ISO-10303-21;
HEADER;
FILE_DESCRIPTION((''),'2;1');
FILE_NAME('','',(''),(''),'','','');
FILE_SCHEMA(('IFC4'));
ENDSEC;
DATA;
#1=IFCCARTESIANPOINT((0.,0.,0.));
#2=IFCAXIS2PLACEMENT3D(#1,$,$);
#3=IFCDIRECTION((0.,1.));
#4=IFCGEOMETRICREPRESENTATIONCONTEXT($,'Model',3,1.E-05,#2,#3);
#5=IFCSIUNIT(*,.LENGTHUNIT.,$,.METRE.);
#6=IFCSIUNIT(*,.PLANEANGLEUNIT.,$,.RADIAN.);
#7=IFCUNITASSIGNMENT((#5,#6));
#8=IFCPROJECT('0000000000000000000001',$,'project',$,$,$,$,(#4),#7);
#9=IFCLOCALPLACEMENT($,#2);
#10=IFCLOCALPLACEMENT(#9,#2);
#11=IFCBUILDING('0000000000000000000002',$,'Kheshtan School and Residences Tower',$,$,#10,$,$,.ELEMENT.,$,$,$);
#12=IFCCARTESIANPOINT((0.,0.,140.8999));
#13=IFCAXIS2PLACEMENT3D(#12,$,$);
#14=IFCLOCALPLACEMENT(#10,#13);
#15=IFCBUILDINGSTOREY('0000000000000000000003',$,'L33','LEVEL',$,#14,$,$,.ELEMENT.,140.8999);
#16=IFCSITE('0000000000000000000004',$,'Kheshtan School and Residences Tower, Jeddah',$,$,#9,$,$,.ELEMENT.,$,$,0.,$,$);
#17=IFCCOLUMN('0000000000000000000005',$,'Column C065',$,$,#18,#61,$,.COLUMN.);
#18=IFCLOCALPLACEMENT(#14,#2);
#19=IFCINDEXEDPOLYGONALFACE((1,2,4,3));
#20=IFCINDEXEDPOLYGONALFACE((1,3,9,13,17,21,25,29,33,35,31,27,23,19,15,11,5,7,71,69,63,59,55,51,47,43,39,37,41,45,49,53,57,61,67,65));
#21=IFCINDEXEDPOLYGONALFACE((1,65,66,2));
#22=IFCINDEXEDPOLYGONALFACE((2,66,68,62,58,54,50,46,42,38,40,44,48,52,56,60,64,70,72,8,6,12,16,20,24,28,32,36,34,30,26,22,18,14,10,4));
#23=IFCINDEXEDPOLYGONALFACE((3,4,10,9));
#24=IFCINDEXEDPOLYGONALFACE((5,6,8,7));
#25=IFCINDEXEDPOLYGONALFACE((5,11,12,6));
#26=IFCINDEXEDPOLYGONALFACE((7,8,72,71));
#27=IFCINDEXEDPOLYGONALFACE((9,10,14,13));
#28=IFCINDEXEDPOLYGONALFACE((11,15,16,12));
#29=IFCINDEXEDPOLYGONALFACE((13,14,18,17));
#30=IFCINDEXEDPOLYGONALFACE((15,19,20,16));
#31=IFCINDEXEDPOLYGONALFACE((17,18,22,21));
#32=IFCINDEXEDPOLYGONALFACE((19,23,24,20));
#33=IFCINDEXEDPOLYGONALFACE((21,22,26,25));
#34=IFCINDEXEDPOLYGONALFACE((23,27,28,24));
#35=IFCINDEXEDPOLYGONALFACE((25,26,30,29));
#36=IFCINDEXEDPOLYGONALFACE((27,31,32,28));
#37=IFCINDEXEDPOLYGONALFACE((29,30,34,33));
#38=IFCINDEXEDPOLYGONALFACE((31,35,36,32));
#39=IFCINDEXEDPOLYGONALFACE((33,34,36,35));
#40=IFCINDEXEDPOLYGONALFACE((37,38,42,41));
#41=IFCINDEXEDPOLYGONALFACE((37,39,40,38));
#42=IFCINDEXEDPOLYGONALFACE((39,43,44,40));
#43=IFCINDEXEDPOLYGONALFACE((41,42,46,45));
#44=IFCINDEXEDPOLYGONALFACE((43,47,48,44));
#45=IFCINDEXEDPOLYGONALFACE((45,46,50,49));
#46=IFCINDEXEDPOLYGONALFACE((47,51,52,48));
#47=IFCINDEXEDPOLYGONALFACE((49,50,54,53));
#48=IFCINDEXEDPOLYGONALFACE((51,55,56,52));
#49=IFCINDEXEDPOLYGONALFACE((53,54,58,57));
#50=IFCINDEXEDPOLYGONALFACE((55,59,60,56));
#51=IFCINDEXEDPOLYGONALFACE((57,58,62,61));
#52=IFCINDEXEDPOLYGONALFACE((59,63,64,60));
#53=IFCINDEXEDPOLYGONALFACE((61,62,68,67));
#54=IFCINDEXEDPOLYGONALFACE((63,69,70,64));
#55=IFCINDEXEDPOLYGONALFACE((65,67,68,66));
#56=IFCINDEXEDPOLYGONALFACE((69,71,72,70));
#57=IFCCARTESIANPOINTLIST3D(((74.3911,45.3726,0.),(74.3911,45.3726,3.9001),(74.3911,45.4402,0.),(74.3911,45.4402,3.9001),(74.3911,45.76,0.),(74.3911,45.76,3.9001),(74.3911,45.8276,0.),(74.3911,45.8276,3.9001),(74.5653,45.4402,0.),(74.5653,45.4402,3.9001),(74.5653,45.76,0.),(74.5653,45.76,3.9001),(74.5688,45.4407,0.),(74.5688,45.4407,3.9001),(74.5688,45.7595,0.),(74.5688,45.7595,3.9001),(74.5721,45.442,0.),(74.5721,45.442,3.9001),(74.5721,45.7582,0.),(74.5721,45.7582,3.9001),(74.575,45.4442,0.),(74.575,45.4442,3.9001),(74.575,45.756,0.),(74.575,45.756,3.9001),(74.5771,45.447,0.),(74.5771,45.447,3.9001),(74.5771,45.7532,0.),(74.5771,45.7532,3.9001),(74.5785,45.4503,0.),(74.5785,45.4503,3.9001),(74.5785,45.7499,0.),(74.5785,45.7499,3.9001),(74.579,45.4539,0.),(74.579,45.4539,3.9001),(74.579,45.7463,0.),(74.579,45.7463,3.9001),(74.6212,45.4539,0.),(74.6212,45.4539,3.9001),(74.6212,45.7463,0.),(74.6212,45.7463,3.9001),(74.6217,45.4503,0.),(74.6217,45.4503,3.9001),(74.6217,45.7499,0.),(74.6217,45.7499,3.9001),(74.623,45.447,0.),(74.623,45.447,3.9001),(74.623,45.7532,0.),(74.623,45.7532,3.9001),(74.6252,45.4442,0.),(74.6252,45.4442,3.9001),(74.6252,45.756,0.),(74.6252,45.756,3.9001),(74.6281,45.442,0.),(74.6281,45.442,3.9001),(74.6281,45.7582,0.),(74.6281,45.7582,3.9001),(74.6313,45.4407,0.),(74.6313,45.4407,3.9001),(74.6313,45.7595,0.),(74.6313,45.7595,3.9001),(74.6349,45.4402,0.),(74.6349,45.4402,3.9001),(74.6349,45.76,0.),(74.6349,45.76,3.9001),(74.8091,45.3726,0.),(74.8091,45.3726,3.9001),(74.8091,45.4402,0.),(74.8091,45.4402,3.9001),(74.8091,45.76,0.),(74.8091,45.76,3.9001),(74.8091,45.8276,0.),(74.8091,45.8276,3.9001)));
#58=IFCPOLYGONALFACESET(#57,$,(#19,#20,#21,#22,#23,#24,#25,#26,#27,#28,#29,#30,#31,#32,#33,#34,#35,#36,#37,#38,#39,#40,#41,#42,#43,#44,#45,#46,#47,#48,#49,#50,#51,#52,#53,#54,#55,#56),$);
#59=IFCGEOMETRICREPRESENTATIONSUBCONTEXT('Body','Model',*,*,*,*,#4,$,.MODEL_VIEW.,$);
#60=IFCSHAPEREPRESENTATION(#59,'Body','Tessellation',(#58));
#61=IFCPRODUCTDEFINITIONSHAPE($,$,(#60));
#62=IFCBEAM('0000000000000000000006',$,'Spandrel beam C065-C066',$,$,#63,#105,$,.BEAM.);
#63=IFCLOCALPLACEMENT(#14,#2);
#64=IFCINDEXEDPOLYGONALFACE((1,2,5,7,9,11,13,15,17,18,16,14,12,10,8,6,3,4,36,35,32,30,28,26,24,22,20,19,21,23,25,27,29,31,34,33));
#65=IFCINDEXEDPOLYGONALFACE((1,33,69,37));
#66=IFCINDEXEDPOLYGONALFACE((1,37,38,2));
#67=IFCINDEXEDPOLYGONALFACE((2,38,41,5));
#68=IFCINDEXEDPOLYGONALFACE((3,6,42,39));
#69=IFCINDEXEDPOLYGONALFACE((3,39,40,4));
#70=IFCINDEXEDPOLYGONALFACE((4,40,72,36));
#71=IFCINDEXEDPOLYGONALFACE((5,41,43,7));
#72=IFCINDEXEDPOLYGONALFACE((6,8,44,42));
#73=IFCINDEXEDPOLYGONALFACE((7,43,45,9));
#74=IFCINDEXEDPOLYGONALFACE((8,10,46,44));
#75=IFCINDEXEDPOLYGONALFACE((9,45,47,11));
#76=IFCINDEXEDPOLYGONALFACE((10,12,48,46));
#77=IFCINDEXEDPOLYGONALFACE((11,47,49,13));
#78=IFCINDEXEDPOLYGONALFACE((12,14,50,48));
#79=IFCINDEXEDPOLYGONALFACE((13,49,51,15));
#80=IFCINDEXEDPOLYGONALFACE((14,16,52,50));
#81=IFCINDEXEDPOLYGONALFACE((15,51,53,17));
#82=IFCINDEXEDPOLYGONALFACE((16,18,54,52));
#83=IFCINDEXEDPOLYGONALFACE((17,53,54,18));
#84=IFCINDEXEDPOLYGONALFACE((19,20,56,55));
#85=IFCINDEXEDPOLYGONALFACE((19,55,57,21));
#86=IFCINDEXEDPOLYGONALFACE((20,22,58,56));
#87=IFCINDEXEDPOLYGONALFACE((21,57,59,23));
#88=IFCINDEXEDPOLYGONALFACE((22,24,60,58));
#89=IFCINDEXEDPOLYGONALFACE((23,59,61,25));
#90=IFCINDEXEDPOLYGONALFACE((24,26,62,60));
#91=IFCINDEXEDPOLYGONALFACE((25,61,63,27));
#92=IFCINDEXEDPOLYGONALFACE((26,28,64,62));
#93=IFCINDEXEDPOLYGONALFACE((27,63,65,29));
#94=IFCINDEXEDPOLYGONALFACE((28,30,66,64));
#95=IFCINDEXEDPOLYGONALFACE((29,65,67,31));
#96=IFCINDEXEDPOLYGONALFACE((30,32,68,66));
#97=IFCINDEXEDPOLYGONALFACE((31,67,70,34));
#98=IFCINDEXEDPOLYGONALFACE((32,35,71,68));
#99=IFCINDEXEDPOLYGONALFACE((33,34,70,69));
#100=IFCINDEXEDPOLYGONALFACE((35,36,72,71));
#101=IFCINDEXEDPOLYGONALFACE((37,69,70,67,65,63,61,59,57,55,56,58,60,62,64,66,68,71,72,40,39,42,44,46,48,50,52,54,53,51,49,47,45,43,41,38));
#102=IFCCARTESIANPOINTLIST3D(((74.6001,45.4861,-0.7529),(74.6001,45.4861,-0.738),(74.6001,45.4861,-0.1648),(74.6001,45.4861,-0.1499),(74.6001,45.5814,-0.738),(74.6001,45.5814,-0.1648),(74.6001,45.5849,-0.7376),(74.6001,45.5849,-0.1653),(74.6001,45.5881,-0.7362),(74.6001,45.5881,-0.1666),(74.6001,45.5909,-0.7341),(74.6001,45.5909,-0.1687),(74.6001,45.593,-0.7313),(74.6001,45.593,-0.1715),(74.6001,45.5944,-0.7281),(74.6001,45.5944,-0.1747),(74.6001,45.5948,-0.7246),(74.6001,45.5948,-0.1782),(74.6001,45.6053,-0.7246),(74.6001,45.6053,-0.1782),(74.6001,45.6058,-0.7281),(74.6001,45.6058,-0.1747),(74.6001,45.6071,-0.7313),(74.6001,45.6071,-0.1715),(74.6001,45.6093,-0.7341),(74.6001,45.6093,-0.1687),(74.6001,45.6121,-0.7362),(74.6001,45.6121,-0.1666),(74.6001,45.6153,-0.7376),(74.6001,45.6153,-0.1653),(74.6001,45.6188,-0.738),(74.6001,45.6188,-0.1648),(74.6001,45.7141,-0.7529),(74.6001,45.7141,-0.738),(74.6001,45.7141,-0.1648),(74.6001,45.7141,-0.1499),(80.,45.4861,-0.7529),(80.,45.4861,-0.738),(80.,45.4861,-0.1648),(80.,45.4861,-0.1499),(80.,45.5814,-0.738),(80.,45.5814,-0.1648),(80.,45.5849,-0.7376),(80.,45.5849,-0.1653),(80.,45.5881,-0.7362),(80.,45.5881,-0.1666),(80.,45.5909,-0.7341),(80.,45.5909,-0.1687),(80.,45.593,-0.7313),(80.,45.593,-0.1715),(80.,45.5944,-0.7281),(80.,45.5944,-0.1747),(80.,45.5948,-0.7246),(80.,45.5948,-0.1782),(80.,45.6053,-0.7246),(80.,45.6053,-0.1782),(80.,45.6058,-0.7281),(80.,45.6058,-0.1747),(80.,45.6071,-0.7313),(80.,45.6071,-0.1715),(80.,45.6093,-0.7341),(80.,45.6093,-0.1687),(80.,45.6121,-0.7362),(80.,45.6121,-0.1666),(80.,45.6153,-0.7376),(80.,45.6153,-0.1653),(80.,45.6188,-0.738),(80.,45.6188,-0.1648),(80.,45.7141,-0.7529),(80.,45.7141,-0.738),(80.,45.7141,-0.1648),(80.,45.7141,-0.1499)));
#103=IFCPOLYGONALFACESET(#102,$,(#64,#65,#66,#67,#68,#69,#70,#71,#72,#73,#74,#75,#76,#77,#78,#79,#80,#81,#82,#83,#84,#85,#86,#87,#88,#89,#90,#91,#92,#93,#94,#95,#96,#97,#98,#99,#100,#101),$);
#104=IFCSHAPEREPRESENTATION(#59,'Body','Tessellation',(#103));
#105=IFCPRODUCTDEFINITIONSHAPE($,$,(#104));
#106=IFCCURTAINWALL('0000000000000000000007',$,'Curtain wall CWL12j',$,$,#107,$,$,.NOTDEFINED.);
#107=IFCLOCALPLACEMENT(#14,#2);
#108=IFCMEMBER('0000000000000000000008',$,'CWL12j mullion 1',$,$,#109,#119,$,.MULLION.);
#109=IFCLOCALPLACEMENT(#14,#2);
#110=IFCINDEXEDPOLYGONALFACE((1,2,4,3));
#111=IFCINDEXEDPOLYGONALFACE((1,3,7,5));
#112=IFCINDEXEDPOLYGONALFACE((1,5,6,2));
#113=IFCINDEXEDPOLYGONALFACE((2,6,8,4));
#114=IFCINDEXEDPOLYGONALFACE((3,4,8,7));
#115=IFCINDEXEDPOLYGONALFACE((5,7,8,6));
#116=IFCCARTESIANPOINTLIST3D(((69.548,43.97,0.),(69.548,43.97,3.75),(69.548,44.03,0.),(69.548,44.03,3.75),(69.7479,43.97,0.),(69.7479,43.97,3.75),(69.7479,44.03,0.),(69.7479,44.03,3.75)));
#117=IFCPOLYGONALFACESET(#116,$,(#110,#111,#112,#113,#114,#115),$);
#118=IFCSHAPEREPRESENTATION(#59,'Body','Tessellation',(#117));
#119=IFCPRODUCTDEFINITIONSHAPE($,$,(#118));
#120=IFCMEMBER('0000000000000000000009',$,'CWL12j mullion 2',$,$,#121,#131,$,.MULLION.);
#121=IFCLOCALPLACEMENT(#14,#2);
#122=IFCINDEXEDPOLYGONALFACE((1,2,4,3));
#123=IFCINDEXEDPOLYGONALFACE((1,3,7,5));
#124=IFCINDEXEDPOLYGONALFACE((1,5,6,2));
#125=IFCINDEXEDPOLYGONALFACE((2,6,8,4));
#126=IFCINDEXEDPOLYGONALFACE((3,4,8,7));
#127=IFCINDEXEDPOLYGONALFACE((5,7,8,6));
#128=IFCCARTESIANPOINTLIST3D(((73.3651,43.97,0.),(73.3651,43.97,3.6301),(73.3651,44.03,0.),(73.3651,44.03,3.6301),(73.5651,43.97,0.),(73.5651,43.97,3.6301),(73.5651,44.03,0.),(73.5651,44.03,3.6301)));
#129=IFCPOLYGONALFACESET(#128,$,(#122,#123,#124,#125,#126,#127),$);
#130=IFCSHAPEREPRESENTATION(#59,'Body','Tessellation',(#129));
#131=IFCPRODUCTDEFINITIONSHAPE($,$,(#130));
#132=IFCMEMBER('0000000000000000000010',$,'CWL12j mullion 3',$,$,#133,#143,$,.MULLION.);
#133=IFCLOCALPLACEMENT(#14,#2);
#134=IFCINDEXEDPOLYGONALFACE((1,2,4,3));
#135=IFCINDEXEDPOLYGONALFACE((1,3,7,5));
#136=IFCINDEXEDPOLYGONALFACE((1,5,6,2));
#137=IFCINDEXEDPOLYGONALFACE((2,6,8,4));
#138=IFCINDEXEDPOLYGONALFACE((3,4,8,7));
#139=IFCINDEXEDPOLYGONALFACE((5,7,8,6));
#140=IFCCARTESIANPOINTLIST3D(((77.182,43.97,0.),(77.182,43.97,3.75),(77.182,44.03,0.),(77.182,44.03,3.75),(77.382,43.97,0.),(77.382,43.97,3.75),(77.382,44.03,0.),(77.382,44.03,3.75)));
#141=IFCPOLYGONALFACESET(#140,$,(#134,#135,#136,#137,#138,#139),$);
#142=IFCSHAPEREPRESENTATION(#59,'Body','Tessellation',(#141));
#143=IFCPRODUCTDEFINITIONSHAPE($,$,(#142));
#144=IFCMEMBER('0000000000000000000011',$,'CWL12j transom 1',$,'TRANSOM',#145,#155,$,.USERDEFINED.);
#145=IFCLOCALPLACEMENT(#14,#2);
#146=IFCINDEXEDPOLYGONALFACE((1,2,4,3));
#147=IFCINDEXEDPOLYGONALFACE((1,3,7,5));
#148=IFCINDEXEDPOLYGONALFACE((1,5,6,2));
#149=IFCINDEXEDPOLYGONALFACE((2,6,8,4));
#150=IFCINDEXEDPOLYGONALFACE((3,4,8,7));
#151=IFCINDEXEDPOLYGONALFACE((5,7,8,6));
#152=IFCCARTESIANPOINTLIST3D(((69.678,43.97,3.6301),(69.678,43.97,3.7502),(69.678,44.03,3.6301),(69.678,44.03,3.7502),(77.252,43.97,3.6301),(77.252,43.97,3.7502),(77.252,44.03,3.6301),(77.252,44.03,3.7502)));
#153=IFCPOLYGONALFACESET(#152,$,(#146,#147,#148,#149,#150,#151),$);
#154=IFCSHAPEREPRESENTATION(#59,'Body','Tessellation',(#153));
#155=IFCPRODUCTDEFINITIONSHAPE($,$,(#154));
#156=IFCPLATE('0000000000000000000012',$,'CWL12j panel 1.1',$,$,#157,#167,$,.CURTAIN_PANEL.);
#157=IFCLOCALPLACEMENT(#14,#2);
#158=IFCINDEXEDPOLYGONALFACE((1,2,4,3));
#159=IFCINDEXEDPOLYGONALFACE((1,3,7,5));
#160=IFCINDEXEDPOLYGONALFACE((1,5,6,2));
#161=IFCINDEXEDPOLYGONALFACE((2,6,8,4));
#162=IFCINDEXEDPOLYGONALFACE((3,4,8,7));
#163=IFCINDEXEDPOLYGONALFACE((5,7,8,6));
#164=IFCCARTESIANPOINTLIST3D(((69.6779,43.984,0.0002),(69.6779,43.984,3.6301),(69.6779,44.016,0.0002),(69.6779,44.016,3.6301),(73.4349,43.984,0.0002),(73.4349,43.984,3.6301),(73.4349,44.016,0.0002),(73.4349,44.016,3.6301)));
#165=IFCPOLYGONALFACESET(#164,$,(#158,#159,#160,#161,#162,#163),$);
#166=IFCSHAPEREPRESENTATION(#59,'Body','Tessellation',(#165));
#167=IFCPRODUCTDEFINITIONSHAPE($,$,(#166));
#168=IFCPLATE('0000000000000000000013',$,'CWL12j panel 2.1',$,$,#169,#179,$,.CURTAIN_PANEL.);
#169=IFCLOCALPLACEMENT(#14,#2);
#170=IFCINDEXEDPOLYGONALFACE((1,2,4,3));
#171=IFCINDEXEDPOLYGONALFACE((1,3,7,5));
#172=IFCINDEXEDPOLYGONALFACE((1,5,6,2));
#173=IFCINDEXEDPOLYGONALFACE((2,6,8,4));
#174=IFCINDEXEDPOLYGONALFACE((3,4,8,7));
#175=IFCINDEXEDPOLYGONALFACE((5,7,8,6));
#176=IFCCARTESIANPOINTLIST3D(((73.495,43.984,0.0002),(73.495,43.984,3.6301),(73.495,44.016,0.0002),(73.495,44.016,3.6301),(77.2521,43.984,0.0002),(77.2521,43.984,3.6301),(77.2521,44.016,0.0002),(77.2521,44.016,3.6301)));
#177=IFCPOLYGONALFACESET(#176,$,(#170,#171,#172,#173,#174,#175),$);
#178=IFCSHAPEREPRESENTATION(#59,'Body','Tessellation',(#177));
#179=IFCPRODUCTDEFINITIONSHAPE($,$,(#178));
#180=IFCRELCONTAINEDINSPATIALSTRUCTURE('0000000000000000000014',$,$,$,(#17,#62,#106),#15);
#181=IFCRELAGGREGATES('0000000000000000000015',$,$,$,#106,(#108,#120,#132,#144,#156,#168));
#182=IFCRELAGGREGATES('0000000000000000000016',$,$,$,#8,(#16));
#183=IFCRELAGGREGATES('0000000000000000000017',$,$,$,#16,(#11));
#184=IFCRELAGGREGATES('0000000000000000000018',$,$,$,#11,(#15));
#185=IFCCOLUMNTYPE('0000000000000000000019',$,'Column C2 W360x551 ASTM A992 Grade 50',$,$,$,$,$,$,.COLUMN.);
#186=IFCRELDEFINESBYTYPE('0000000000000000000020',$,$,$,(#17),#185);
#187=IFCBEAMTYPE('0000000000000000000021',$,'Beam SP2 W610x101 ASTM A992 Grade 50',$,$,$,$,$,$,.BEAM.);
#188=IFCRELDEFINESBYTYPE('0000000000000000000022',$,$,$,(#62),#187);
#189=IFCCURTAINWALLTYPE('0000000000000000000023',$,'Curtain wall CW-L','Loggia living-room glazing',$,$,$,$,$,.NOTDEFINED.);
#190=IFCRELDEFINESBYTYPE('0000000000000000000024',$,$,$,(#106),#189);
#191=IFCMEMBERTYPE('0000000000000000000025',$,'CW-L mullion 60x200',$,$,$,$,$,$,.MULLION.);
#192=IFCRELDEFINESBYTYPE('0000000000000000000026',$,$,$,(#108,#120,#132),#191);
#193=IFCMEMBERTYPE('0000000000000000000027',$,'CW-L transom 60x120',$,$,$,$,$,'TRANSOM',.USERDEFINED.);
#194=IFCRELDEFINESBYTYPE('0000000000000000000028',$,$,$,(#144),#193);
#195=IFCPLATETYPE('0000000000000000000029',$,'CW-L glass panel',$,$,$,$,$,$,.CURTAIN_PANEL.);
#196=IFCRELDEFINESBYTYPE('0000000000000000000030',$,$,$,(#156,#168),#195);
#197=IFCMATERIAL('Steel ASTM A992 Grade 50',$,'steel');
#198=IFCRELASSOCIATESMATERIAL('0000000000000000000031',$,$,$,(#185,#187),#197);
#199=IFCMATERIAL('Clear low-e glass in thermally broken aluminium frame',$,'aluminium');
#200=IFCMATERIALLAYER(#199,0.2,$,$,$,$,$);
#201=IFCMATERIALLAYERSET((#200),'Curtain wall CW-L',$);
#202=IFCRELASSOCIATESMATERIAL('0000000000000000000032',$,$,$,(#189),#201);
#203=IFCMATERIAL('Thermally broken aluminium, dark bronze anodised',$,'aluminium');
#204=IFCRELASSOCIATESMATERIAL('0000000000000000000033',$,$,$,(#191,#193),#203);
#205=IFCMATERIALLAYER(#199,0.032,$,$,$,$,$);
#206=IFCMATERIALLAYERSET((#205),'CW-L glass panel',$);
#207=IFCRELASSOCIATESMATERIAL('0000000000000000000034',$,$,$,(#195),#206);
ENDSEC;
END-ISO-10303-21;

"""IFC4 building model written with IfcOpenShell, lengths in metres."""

from ifc_helpers import new_model, si_unit, direction, frame, origin, origin_2d, place, context, subcontext, project, spatial, rectangle, i_section, extrude, material, layer, layer_set, material_profile, profile_set, type_object, element, aggregate, save


model = new_model("IFC4")

# Units and contexts
model_context = context("Model", 3, precision=1e-05, world=origin(), true_north=direction((0.0, 1.0)))
body_context = subcontext(model_context, "Body", "Model", "MODEL_VIEW")
ifc_project = project(units=[si_unit("LENGTHUNIT", "METRE"), si_unit("PLANEANGLEUNIT", "RADIAN")], contexts=[model_context])

# Site, building, storey
site_placement = place(None, origin())
site = spatial("IfcSite", under=ifc_project, at=site_placement, Name="Kheshtan School and Residences Tower, Jeddah", CompositionType="ELEMENT", RefElevation=0.0)
building_placement = place(site_placement, origin())
building = spatial("IfcBuilding", under=site, at=building_placement, Name="Kheshtan School and Residences Tower", CompositionType="ELEMENT")
storey_placement = place(building_placement, frame((0.0, 0.0, 140.8999)))
storey = spatial("IfcBuildingStorey", under=building, at=storey_placement, Name="L33", Description="LEVEL", CompositionType="ELEMENT", Elevation=140.8999)

# Column
ifc_material_1 = material(Name="Steel ASTM A992 Grade 50", Category="steel")
ifc_material_profile_1 = material_profile(ifc_material_1, i_section(OverallWidth=0.418, OverallDepth=0.4551, WebThickness=0.0422, FlangeThickness=0.0676, FilletRadius=0.0137, at=origin_2d()), Name="W360x551")
ifc_profile_set_1 = profile_set([ifc_material_profile_1], Name="Steel ASTM A992 Grade 50")
column_type = type_object("IfcColumnType", Name="Column C2 W360x551 ASTM A992 Grade 50", PredefinedType="COLUMN", material=ifc_profile_set_1)
column_placement = place(storey_placement, frame((74.6001, 45.6001, 0.0), z_axis=(0.0, 0.0, 1.0), x_axis=(1.0, 0.0, 0.0)))
element("IfcColumn", 1, at=column_placement, inside=storey, type_object=column_type, Name="Column C065", PredefinedType="COLUMN", context=body_context, shape_type="SweptSolid", body=[
    extrude(i_section(OverallWidth=0.418, OverallDepth=0.4551, WebThickness=0.0422, FlangeThickness=0.0676, FilletRadius=0.0137, at=origin_2d()), origin(), (0.0, 0.0, 1.0), 3.9001),
])

# Beam
ifc_material_profile_2 = material_profile(ifc_material_1, i_section(OverallWidth=0.228, OverallDepth=0.603, WebThickness=0.0105, FlangeThickness=0.0149, FilletRadius=0.0134, at=origin_2d()), Name="W610x101")
ifc_profile_set_2 = profile_set([ifc_material_profile_2], Name="Steel ASTM A992 Grade 50")
beam_type = type_object("IfcBeamType", Name="Beam SP2 W610x101 ASTM A992 Grade 50", PredefinedType="BEAM", material=ifc_profile_set_2)
beam_placement = place(storey_placement, frame((74.6001, 45.6001, -0.4514), z_axis=(1.0, 0.0, 0.0), x_axis=(0.0, 1.0, 0.0)))
element("IfcBeam", 2, at=beam_placement, inside=storey, type_object=beam_type, Name="Spandrel beam C065-C066", PredefinedType="BEAM", context=body_context, shape_type="SweptSolid", body=[
    extrude(i_section(OverallWidth=0.228, OverallDepth=0.603, WebThickness=0.0105, FlangeThickness=0.0149, FilletRadius=0.0134, at=origin_2d()), origin(), (0.0, 0.0, 1.0), 5.3999),
])

# Curtain wall, members, plates
ifc_material_2 = material(Name="Clear low-e glass in thermally broken aluminium frame", Category="aluminium")
ifc_layer_1 = layer(ifc_material_2, 0.2)
ifc_layer_set_1 = layer_set([ifc_layer_1], Name="Curtain wall CW-L")
curtain_wall_type = type_object("IfcCurtainWallType", Name="Curtain wall CW-L", Description="Loggia living-room glazing", PredefinedType="NOTDEFINED", material=ifc_layer_set_1)
curtain_wall_placement = place(storey_placement, origin())
curtain_wall = element("IfcCurtainWall", 3, at=curtain_wall_placement, inside=storey, type_object=curtain_wall_type, Name="Curtain wall CWL12j", PredefinedType="NOTDEFINED")
ifc_material_3 = material(Name="Thermally broken aluminium, dark bronze anodised", Category="aluminium")
ifc_material_profile_3 = material_profile(ifc_material_3, rectangle(XDim=0.0601, YDim=0.2, at=origin_2d()), Name="CW-L mullion 60x200")
ifc_profile_set_3 = profile_set([ifc_material_profile_3], Name="Thermally broken aluminium, dark bronze anodised")
member_type_1 = type_object("IfcMemberType", Name="CW-L mullion 60x200", PredefinedType="MULLION", material=ifc_profile_set_3)
member_1_placement = place(storey_placement, frame((69.6479, 44.0, 0.0), z_axis=(0.0, 0.0, 1.0), x_axis=(0.0, 1.0, 0.0)))
member_1 = element("IfcMember", 4, at=member_1_placement, type_object=member_type_1, Name="CWL12j mullion 1", PredefinedType="MULLION", context=body_context, shape_type="SweptSolid", body=[
    extrude(rectangle(XDim=0.0601, YDim=0.2, at=origin_2d()), origin(), (0.0, 0.0, 1.0), 3.75),
])
member_2_placement = place(storey_placement, frame((73.4651, 44.0, 0.0), z_axis=(0.0, 0.0, 1.0), x_axis=(0.0, 1.0, 0.0)))
member_2 = element("IfcMember", 5, at=member_2_placement, type_object=member_type_1, Name="CWL12j mullion 2", PredefinedType="MULLION", context=body_context, shape_type="SweptSolid", body=[
    extrude(rectangle(XDim=0.0601, YDim=0.2, at=origin_2d()), origin(), (0.0, 0.0, 1.0), 3.6301),
])
member_3_placement = place(storey_placement, frame((77.282, 44.0, 0.0), z_axis=(0.0, 0.0, 1.0), x_axis=(0.0, 1.0, 0.0)))
member_3 = element("IfcMember", 6, at=member_3_placement, type_object=member_type_1, Name="CWL12j mullion 3", PredefinedType="MULLION", context=body_context, shape_type="SweptSolid", body=[
    extrude(rectangle(XDim=0.0601, YDim=0.2, at=origin_2d()), origin(), (0.0, 0.0, 1.0), 3.75),
])
ifc_material_profile_4 = material_profile(ifc_material_3, rectangle(XDim=0.0601, YDim=0.1201, at=origin_2d()), Name="CW-L transom 60x120")
ifc_profile_set_4 = profile_set([ifc_material_profile_4], Name="Thermally broken aluminium, dark bronze anodised")
member_type_2 = type_object("IfcMemberType", Name="CW-L transom 60x120", ElementType="TRANSOM", PredefinedType="USERDEFINED", material=ifc_profile_set_4)
member_4_placement = place(storey_placement, frame((69.678, 44.0, 3.6902), z_axis=(1.0, 0.0, 0.0), x_axis=(0.0, 1.0, 0.0)))
member_4 = element("IfcMember", 7, at=member_4_placement, type_object=member_type_2, Name="CWL12j transom 1", ObjectType="TRANSOM", PredefinedType="USERDEFINED", context=body_context, shape_type="SweptSolid", body=[
    extrude(rectangle(XDim=0.0601, YDim=0.1201, at=origin_2d()), origin(), (0.0, 0.0, 1.0), 7.574),
])
ifc_layer_2 = layer(ifc_material_2, 0.032)
ifc_layer_set_2 = layer_set([ifc_layer_2], Name="CW-L glass panel")
plate_type = type_object("IfcPlateType", Name="CW-L glass panel", PredefinedType="CURTAIN_PANEL", material=ifc_layer_set_2)
plate_1_placement = place(storey_placement, frame((71.5564, 44.0, 0.0002), z_axis=(0.0, 0.0, 1.0), x_axis=(1.0, 0.0, 0.0)))
plate_1 = element("IfcPlate", 8, at=plate_1_placement, type_object=plate_type, Name="CWL12j panel 1.1", PredefinedType="CURTAIN_PANEL", context=body_context, shape_type="SweptSolid", body=[
    extrude(rectangle(XDim=3.7571, YDim=0.032, at=origin_2d()), origin(), (0.0, 0.0, 1.0), 3.6299),
])
plate_2_placement = place(storey_placement, frame((75.3735, 44.0, 0.0002), z_axis=(0.0, 0.0, 1.0), x_axis=(1.0, 0.0, 0.0)))
plate_2 = element("IfcPlate", 9, at=plate_2_placement, type_object=plate_type, Name="CWL12j panel 2.1", PredefinedType="CURTAIN_PANEL", context=body_context, shape_type="SweptSolid", body=[
    extrude(rectangle(XDim=3.7571, YDim=0.032, at=origin_2d()), origin(), (0.0, 0.0, 1.0), 3.6299),
])
aggregate(curtain_wall, [member_1, member_2, member_3, member_4, plate_1, plate_2])

save(model, "model.ifc")
